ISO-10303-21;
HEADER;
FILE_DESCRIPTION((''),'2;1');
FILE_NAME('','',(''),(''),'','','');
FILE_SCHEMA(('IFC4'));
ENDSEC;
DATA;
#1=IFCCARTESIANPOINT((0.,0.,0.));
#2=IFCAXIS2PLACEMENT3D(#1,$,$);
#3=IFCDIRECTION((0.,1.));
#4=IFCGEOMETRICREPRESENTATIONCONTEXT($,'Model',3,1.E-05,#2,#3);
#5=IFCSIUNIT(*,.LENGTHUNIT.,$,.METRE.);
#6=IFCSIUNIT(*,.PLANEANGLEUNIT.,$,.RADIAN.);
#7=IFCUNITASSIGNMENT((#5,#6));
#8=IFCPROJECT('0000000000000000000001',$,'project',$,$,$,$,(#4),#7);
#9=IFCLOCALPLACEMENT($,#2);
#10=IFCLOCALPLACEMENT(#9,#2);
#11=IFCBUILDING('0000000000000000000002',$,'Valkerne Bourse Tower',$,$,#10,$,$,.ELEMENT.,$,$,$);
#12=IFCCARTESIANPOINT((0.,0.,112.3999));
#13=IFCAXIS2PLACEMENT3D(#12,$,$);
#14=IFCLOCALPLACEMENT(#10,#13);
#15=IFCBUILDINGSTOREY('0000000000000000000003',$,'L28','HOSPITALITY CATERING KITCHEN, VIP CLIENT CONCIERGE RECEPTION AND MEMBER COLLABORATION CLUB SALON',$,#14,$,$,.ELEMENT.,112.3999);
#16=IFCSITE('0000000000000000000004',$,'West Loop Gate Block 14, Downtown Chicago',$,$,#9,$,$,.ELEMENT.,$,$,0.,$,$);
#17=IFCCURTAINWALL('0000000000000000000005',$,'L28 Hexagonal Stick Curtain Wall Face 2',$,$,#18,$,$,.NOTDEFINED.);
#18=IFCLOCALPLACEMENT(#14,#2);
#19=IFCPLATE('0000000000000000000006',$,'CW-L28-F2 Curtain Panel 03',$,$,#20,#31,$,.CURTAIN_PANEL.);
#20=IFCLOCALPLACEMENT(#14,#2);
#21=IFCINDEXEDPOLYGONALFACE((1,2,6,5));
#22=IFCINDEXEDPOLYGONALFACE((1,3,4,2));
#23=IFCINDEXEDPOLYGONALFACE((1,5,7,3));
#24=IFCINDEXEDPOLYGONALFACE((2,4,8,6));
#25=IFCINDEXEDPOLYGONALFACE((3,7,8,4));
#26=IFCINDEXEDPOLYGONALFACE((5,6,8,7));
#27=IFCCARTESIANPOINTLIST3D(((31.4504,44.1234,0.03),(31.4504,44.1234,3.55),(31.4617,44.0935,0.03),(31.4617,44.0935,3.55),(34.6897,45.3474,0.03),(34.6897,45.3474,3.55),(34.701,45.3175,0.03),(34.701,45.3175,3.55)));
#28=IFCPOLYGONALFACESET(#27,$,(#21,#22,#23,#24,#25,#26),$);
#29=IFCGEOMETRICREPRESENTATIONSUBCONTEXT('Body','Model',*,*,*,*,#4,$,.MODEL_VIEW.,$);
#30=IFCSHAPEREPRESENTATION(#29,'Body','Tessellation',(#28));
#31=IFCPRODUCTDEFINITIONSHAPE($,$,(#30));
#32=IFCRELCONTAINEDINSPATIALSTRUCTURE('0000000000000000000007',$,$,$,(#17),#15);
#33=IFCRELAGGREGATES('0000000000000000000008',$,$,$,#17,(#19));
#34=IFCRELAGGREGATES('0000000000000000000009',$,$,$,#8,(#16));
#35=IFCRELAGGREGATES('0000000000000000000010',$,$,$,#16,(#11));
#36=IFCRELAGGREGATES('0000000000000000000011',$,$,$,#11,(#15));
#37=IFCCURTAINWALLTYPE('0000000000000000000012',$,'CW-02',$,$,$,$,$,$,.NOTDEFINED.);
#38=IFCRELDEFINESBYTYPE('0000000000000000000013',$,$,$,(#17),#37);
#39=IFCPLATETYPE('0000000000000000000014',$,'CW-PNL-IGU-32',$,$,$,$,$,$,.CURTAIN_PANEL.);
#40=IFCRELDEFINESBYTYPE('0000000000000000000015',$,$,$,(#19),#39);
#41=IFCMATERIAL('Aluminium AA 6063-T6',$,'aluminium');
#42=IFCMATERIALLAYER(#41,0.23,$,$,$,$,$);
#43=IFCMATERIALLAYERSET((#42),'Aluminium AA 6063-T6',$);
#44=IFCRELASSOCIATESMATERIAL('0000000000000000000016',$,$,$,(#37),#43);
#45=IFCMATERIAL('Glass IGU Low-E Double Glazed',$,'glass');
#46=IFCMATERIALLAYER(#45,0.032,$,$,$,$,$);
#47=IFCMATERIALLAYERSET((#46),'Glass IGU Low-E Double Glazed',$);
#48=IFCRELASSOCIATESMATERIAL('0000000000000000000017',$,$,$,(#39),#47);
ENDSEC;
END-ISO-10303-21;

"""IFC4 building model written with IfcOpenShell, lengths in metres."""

from ifc_helpers import new_model, si_unit, direction, frame, origin, origin_2d, place, context, subcontext, project, spatial, rectangle, extrude, material, layer, layer_set, type_object, element, aggregate, save


model = new_model("IFC4")

# Units and contexts
model_context = context("Model", 3, precision=1e-05, world=origin(), true_north=direction((0.0, 1.0)))
body_context = subcontext(model_context, "Body", "Model", "MODEL_VIEW")
ifc_project = project(units=[si_unit("LENGTHUNIT", "METRE"), si_unit("PLANEANGLEUNIT", "RADIAN")], contexts=[model_context])

# Site, building, storey
site_placement = place(None, origin())
site = spatial("IfcSite", under=ifc_project, at=site_placement, Name="West Loop Gate Block 14, Downtown Chicago", CompositionType="ELEMENT", RefElevation=0.0)
building_placement = place(site_placement, origin())
building = spatial("IfcBuilding", under=site, at=building_placement, Name="Valkerne Bourse Tower", CompositionType="ELEMENT")
storey_placement = place(building_placement, frame((0.0, 0.0, 112.3999)))
storey = spatial("IfcBuildingStorey", under=building, at=storey_placement, Name="L28", Description="HOSPITALITY CATERING KITCHEN, VIP CLIENT CONCIERGE RECEPTION AND MEMBER COLLABORATION CLUB SALON", CompositionType="ELEMENT", Elevation=112.3999)

# Curtain wall
ifc_material_1 = material(Name="Aluminium AA 6063-T6", Category="aluminium")
ifc_layer_1 = layer(ifc_material_1, 0.23)
ifc_layer_set_1 = layer_set([ifc_layer_1], Name="Aluminium AA 6063-T6")
curtain_wall_type = type_object("IfcCurtainWallType", Name="CW-02", PredefinedType="NOTDEFINED", material=ifc_layer_set_1)
curtain_wall_1_placement = place(storey_placement, origin())
curtain_wall_1 = element("IfcCurtainWall", 1, at=curtain_wall_1_placement, inside=storey, type_object=curtain_wall_type, Name="L28 Hexagonal Stick Curtain Wall Face 2", PredefinedType="NOTDEFINED")

# Plate
ifc_material_2 = material(Name="Glass IGU Low-E Double Glazed", Category="glass")
ifc_layer_2 = layer(ifc_material_2, 0.032)
ifc_layer_set_2 = layer_set([ifc_layer_2], Name="Glass IGU Low-E Double Glazed")
plate_type = type_object("IfcPlateType", Name="CW-PNL-IGU-32", PredefinedType="CURTAIN_PANEL", material=ifc_layer_set_2)
plate_1_placement = place(storey_placement, frame((33.0757, 44.7205, 0.03), z_axis=(0.0, 0.0, 1.0), x_axis=(-0.935444, -0.353475, 0.0)))
plate_1 = element("IfcPlate", 2, at=plate_1_placement, type_object=plate_type, Name="CW-L28-F2 Curtain Panel 03", PredefinedType="CURTAIN_PANEL", context=body_context, shape_type="SweptSolid", body=[
    extrude(rectangle(XDim=3.4629, YDim=0.032, at=origin_2d()), origin(), (0.0, 0.0, 1.0), 3.52),
])
aggregate(curtain_wall_1, [plate_1])

save(model, "model.ifc")
